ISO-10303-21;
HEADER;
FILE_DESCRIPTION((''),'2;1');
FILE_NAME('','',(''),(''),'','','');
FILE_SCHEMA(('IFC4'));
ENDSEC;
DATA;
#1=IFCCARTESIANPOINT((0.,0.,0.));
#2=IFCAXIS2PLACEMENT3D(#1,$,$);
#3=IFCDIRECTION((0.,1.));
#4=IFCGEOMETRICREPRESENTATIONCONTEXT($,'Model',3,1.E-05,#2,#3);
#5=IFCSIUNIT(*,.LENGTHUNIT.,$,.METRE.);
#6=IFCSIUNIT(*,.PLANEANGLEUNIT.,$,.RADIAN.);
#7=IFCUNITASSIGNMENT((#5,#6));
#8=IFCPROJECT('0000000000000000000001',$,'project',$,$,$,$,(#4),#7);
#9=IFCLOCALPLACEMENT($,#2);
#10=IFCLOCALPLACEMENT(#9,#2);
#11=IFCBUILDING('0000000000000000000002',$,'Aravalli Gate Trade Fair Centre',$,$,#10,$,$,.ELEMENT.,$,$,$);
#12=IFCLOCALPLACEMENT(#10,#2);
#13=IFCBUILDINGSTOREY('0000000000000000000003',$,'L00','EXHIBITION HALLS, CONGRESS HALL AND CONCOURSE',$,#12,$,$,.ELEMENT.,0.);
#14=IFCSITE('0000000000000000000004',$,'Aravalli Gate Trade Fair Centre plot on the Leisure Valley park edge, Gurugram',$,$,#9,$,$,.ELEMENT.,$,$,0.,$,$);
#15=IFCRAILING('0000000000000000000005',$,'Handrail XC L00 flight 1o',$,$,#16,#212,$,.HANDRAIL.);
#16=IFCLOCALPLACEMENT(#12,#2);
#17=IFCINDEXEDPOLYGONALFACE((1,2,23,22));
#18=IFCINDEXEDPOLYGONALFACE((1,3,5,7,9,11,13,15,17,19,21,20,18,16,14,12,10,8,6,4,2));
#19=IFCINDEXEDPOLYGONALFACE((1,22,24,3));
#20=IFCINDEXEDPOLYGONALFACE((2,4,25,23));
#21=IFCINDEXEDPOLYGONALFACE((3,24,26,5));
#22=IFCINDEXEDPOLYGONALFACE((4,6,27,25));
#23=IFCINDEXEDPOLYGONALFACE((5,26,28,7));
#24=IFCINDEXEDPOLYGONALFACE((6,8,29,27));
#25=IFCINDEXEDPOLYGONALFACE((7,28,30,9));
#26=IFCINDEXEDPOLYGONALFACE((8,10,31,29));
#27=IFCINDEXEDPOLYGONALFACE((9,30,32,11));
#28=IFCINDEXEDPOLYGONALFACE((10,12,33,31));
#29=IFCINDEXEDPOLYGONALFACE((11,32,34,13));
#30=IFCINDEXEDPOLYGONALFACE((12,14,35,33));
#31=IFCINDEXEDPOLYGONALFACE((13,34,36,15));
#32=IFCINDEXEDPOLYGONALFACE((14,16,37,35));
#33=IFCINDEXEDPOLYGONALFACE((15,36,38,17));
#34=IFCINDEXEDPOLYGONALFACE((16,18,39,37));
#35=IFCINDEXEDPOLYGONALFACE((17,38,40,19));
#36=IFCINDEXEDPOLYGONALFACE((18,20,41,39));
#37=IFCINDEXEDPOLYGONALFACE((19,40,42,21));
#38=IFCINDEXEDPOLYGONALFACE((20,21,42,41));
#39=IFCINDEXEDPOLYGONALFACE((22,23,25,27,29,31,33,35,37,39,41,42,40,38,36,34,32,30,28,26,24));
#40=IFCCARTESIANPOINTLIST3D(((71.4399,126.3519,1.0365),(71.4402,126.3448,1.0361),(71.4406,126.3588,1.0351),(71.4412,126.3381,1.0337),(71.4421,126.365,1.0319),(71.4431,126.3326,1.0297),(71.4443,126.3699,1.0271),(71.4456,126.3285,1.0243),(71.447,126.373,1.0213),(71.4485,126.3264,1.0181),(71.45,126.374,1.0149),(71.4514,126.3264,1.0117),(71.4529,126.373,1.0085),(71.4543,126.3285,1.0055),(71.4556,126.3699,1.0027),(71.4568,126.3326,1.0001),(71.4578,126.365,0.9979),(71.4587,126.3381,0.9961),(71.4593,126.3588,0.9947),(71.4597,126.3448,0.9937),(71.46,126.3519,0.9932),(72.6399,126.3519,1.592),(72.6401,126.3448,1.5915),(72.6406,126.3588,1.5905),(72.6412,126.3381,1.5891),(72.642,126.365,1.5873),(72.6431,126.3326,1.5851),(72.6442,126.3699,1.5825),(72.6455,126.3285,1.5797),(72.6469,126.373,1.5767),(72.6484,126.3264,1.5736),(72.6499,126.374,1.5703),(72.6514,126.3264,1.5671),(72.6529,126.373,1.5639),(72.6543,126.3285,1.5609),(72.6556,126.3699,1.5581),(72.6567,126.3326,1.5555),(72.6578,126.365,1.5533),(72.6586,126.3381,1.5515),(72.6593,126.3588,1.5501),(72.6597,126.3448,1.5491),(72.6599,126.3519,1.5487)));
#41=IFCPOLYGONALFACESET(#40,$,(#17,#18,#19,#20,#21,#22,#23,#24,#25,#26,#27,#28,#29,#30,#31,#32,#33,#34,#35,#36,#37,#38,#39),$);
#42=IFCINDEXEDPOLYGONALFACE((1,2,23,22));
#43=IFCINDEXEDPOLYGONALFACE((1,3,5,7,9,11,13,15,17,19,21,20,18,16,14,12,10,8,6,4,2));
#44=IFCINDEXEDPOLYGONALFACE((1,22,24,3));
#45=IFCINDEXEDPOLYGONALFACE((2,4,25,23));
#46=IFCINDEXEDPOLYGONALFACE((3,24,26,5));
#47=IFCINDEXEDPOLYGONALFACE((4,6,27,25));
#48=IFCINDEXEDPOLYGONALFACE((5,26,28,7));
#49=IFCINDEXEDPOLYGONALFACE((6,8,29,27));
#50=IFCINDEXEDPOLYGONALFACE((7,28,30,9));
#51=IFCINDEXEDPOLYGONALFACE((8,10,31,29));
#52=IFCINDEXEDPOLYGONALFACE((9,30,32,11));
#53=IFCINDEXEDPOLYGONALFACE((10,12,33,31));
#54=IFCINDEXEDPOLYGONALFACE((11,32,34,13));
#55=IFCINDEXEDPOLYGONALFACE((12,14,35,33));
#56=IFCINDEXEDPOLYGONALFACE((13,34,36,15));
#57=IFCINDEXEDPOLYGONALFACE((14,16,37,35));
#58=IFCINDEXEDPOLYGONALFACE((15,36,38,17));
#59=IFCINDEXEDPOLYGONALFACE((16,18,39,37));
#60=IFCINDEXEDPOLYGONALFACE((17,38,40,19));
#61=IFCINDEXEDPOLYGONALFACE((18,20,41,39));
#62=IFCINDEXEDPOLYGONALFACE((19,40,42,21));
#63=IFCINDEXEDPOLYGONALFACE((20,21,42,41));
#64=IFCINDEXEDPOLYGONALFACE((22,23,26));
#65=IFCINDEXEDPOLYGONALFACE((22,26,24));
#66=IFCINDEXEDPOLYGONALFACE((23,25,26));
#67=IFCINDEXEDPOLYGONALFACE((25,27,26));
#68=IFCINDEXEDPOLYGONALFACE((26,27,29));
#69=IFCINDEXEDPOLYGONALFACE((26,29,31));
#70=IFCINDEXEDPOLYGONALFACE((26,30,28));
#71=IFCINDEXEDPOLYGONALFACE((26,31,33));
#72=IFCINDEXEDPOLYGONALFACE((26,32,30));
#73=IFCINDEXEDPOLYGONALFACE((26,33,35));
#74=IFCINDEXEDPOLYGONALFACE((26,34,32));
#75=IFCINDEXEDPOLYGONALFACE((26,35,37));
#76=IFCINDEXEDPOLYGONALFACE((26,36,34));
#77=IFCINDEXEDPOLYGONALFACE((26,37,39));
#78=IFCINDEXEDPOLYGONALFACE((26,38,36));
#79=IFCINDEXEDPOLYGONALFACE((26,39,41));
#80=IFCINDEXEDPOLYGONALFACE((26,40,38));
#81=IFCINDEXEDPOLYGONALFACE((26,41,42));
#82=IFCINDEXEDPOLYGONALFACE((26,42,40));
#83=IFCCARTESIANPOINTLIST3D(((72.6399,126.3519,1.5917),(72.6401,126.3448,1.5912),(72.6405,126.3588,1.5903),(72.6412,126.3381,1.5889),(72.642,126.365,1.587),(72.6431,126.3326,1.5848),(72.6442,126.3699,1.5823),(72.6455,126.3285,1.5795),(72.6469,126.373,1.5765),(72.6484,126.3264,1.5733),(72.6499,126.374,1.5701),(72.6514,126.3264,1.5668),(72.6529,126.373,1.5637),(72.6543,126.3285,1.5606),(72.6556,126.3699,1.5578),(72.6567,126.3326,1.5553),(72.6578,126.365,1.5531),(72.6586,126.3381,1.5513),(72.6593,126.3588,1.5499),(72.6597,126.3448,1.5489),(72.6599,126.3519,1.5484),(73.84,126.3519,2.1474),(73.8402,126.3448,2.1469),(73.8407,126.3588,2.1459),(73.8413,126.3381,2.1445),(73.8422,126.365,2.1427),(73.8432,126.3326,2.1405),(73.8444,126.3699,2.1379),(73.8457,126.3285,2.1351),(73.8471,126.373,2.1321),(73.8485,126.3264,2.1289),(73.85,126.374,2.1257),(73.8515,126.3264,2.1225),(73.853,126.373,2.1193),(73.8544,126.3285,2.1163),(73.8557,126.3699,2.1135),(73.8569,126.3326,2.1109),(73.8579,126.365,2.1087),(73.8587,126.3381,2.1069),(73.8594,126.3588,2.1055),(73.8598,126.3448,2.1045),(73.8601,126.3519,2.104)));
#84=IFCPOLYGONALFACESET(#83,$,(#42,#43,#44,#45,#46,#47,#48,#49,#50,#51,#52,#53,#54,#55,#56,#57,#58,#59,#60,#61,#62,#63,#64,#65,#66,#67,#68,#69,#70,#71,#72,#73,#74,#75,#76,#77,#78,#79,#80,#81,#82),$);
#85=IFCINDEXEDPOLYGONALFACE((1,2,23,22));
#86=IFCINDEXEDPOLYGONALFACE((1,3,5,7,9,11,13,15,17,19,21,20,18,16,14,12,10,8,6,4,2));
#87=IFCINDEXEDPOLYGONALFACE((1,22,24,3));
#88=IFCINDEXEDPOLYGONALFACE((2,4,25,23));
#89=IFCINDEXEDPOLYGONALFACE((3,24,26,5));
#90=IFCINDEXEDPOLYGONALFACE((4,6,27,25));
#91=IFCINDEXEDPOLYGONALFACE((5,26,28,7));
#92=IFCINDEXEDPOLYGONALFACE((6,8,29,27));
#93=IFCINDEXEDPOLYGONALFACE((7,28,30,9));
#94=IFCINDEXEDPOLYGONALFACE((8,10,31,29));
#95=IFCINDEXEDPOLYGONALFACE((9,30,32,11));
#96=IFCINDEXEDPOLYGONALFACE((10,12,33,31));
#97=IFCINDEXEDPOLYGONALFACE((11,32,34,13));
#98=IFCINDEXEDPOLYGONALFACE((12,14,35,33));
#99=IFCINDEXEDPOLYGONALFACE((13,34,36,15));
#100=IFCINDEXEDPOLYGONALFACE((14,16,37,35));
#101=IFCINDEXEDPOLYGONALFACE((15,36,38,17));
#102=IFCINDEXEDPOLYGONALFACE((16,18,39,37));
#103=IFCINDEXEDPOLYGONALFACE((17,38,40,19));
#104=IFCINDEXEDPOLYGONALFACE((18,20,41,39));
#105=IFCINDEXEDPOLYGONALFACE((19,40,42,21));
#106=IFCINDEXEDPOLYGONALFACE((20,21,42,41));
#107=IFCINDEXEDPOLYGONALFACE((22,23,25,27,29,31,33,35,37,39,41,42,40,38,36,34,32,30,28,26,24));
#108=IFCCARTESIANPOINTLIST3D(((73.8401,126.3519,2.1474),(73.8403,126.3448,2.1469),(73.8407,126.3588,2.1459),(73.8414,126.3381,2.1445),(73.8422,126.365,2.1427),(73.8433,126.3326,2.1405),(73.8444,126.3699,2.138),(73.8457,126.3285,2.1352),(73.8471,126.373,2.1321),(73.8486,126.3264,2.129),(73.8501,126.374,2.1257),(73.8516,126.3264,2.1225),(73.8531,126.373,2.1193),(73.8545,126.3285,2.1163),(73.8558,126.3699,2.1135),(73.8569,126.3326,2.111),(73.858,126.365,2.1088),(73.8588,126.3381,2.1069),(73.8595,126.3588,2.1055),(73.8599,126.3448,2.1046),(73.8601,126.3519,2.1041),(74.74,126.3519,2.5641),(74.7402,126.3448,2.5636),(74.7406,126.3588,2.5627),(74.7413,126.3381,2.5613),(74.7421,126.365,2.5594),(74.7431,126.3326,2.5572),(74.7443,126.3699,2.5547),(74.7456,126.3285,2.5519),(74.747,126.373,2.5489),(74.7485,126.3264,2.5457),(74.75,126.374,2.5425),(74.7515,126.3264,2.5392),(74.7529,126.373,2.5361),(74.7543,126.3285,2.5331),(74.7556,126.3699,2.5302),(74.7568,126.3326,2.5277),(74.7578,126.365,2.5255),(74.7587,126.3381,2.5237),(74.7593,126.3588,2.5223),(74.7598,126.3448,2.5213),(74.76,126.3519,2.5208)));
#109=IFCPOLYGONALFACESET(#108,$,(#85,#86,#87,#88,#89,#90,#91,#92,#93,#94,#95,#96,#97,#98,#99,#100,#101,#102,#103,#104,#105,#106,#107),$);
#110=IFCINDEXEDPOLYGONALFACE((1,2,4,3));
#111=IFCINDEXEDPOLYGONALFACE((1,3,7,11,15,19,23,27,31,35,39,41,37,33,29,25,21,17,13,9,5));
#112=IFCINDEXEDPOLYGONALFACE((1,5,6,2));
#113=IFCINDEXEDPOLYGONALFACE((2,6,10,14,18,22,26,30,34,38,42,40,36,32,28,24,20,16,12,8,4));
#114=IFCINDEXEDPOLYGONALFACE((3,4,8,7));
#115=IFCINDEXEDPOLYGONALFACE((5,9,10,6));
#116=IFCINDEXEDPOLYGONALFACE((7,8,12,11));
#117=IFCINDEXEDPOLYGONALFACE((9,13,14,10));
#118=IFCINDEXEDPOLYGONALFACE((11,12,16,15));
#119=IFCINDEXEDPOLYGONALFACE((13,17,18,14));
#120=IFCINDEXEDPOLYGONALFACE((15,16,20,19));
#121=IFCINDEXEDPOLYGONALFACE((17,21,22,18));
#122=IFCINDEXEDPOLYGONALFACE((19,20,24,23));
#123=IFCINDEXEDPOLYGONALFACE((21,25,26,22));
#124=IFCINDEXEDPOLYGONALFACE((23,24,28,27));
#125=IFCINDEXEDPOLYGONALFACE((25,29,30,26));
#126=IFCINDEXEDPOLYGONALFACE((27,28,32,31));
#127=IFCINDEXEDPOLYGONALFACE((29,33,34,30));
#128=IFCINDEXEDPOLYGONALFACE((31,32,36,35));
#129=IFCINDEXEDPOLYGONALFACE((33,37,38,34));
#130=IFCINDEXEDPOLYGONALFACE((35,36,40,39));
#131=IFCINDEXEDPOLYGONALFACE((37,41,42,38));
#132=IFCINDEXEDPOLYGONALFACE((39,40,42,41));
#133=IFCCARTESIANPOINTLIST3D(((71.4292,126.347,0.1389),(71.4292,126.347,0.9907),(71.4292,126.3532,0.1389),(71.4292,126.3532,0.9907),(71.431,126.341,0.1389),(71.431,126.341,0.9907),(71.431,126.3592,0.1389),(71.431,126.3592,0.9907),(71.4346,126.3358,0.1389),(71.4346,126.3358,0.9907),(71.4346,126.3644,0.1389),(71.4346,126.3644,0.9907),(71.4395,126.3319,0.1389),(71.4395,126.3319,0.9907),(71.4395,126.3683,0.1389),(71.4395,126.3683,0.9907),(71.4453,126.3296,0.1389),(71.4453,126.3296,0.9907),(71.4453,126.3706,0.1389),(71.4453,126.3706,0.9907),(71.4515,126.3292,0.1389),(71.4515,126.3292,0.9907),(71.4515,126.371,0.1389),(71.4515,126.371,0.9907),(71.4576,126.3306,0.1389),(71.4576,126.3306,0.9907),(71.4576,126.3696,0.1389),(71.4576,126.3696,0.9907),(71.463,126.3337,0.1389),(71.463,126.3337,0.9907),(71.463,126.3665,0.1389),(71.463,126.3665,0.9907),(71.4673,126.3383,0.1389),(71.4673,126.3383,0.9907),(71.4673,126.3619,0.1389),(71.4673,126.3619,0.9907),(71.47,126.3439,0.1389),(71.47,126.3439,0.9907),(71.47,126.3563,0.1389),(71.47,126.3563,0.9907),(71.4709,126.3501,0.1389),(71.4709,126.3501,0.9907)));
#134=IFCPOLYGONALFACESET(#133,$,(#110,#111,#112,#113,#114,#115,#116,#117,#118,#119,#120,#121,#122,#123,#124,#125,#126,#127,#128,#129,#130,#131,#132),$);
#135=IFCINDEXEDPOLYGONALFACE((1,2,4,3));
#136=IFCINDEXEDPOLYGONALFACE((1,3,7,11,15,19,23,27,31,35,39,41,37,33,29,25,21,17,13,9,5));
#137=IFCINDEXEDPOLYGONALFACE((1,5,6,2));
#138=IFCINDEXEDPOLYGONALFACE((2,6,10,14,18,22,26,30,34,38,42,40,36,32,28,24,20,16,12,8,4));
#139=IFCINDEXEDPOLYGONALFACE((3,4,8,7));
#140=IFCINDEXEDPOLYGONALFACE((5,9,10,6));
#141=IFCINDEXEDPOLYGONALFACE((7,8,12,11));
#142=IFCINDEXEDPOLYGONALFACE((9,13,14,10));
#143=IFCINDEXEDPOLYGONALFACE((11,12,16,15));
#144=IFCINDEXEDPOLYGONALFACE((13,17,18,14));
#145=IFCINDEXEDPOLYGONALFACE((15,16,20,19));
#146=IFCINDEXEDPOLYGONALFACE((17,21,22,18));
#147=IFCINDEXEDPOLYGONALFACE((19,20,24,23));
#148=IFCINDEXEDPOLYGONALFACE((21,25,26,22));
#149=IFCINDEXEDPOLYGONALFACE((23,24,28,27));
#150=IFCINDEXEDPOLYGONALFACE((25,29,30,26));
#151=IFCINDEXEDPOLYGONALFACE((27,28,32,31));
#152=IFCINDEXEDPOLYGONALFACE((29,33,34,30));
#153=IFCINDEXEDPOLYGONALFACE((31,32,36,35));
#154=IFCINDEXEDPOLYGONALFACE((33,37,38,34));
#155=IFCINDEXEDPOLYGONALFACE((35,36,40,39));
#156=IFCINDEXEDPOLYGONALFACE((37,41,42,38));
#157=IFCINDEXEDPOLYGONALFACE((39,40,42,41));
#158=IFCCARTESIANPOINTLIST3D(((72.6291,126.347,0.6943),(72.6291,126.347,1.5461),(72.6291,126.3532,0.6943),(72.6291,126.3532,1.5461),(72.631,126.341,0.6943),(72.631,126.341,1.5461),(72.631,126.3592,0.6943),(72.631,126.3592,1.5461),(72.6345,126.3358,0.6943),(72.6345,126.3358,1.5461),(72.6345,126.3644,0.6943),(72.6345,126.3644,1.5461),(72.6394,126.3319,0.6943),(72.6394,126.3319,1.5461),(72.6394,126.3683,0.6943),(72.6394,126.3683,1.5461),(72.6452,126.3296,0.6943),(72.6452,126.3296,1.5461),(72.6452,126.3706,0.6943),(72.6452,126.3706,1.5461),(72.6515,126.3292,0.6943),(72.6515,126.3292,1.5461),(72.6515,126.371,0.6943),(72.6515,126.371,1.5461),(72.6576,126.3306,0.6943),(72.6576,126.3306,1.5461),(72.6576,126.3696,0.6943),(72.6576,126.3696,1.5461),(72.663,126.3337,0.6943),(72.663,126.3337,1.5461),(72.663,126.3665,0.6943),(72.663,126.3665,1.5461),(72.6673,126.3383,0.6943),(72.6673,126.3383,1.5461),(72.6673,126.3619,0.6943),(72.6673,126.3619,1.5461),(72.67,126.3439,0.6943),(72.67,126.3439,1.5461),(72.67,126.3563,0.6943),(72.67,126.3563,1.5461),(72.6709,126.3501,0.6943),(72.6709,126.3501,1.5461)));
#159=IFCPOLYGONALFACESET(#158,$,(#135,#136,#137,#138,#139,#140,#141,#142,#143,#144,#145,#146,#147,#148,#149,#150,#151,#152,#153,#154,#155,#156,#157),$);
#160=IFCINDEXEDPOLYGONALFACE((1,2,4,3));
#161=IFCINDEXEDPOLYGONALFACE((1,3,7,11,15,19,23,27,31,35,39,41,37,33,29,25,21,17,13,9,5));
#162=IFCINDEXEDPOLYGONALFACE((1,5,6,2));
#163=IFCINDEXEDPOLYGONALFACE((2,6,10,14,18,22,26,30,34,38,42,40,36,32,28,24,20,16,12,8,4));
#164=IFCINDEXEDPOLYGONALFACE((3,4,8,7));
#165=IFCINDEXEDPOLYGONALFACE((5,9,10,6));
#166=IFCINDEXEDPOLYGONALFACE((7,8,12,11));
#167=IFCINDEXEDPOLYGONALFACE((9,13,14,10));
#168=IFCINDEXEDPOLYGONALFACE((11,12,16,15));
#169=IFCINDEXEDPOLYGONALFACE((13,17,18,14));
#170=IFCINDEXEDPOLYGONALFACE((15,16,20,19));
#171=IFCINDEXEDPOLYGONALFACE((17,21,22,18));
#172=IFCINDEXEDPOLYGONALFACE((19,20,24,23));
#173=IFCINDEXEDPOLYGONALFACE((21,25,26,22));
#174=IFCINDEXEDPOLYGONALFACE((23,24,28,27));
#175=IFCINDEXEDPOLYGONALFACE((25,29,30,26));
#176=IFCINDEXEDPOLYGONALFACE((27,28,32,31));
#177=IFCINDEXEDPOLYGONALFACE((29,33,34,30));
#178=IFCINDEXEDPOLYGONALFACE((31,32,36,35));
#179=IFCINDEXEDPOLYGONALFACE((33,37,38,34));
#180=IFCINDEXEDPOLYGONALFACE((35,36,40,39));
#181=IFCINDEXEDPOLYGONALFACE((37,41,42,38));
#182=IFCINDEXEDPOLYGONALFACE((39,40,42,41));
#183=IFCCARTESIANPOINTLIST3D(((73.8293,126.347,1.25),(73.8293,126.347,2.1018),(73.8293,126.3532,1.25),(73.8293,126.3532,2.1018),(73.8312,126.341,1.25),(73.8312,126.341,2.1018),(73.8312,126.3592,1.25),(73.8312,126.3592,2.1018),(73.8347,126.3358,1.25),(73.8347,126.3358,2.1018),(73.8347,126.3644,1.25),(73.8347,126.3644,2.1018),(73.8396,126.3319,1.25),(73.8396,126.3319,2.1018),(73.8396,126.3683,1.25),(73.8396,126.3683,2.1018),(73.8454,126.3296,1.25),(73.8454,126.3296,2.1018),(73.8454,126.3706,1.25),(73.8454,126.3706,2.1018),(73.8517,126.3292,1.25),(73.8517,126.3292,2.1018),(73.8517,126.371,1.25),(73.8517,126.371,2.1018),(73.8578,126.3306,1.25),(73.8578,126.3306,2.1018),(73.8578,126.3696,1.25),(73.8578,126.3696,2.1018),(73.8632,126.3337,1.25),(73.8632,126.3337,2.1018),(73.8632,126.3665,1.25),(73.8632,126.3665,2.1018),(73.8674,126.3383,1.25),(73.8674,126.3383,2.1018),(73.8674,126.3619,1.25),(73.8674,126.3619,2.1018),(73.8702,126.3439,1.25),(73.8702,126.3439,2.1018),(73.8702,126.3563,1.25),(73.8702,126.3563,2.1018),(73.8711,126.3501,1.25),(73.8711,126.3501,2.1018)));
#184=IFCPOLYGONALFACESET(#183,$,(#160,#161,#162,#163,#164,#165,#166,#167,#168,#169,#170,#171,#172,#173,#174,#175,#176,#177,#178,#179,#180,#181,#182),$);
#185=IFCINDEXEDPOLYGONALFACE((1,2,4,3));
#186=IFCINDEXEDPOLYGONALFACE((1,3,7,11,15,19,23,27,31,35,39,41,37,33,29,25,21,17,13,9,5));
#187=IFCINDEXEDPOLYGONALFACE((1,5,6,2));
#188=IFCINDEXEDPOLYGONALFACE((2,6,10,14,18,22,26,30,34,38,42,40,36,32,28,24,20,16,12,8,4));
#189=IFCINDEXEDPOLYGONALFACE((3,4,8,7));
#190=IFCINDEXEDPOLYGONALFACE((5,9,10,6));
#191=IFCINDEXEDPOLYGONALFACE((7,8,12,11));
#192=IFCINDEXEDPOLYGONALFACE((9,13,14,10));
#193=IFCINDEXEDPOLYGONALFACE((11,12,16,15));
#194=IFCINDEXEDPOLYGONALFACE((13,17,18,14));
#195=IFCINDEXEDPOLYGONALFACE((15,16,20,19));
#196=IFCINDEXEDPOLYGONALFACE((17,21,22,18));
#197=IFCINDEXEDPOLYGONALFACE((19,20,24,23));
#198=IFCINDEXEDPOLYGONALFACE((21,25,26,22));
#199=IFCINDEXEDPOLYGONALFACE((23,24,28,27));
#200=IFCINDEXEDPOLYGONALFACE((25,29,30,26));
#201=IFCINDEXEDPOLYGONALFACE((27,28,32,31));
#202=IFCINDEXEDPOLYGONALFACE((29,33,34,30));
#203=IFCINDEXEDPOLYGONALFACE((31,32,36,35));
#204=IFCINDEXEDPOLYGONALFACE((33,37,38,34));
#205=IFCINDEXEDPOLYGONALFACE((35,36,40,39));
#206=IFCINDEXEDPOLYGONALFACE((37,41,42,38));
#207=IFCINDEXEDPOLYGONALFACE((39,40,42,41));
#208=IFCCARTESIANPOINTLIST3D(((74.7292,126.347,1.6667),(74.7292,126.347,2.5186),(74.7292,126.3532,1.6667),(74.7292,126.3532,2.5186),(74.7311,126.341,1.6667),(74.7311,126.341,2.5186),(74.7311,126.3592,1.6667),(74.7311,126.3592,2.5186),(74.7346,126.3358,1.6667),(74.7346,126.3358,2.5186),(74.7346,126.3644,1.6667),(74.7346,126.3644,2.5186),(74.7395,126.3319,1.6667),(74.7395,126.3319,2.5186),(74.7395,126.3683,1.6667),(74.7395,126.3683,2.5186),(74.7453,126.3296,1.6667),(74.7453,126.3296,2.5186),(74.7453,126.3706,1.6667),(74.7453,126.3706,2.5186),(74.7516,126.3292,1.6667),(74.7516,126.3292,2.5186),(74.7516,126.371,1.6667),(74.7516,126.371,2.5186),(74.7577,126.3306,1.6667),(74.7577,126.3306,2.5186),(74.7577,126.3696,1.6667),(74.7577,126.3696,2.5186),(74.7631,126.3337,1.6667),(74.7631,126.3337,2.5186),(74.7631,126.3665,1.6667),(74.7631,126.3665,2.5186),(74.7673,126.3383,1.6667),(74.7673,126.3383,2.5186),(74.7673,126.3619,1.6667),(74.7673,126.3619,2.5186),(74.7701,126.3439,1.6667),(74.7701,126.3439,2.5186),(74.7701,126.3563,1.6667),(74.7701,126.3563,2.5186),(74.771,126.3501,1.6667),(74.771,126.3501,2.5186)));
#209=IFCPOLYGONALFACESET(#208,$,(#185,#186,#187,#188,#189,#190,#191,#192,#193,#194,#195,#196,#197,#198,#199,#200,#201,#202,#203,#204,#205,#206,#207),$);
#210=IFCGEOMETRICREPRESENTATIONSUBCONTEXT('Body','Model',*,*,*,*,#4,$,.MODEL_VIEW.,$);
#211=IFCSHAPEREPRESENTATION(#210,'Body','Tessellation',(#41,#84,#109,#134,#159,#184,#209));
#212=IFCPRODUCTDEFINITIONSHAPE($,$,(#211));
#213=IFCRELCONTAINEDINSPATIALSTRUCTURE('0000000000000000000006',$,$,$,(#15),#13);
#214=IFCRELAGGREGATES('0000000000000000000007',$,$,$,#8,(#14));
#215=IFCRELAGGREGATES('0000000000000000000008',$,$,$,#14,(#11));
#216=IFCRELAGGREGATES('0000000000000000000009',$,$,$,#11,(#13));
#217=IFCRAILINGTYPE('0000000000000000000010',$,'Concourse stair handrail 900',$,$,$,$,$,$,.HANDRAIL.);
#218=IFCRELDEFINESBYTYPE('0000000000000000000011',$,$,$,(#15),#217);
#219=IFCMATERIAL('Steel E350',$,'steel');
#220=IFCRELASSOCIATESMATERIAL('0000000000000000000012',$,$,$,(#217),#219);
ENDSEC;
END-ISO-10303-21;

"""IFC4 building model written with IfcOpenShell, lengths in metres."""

from ifc_helpers import new_model, si_unit, direction, frame, origin, origin_2d, place, context, subcontext, project, spatial, circle, extrude, material, type_object, element, save


model = new_model("IFC4")

# Units and contexts
model_context = context("Model", 3, precision=1e-05, world=origin(), true_north=direction((0.0, 1.0)))
body_context = subcontext(model_context, "Body", "Model", "MODEL_VIEW")
ifc_project = project(units=[si_unit("LENGTHUNIT", "METRE"), si_unit("PLANEANGLEUNIT", "RADIAN")], contexts=[model_context])

# Site, building, storey
site_placement = place(None, origin())
site = spatial("IfcSite", under=ifc_project, at=site_placement, Name="Aravalli Gate Trade Fair Centre plot on the Leisure Valley park edge, Gurugram", CompositionType="ELEMENT", RefElevation=0.0)
building_placement = place(site_placement, origin())
building = spatial("IfcBuilding", under=site, at=building_placement, Name="Aravalli Gate Trade Fair Centre", CompositionType="ELEMENT")
storey_placement = place(building_placement, origin())
storey = spatial("IfcBuildingStorey", under=building, at=storey_placement, Name="L00", Description="EXHIBITION HALLS, CONGRESS HALL AND CONCOURSE", CompositionType="ELEMENT", Elevation=0.0)

# Shared definitions
ifc_material_1 = material(Name="Steel E350", Category="steel")

# Railing
railing_type = type_object("IfcRailingType", Name="Concourse stair handrail 900", PredefinedType="HANDRAIL", material=ifc_material_1)
railing_1_placement = place(storey_placement, frame((71.45, 126.3501, 0.1389)))
element("IfcRailing", 1, at=railing_1_placement, inside=storey, type_object=railing_type, Name="Handrail XC L00 flight 1o", PredefinedType="HANDRAIL", context=body_context, shape_type="SweptSolid", body=[
    extrude(circle(Radius=0.0239, at=origin_2d()), frame((0.0, 0.0, 0.876), z_axis=(0.907499, 0.0, 0.420053), x_axis=(0.0, 1.0, 0.0)), (0.0, 0.0, 1.0), 1.3223),
    extrude(circle(Radius=0.0239, at=origin_2d()), frame((1.2, 0.0, 1.4312), z_axis=(0.907462, 0.0, 0.420135), x_axis=(0.0, 1.0, 0.0)), (0.0, 0.0, 1.0), 1.3225),
    extrude(circle(Radius=0.0239, at=origin_2d()), frame((2.4001, 0.0, 1.9868), z_axis=(0.907418, 0.0, 0.420229), x_axis=(0.0, 1.0, 0.0)), (0.0, 0.0, 1.0), 0.9917),
    extrude(circle(Radius=0.021, at=origin_2d()), origin(), (0.0, 0.0, 1.0), 0.8518),
    extrude(circle(Radius=0.021, at=origin_2d()), frame((1.2, 0.0, 0.5554)), (0.0, 0.0, 1.0), 0.8518),
    extrude(circle(Radius=0.021, at=origin_2d()), frame((2.4001, 0.0, 1.1111)), (0.0, 0.0, 1.0), 0.8518),
    extrude(circle(Radius=0.021, at=origin_2d()), frame((3.3, 0.0, 1.5278)), (0.0, 0.0, 1.0), 0.8518),
])

save(model, "model.ifc")
